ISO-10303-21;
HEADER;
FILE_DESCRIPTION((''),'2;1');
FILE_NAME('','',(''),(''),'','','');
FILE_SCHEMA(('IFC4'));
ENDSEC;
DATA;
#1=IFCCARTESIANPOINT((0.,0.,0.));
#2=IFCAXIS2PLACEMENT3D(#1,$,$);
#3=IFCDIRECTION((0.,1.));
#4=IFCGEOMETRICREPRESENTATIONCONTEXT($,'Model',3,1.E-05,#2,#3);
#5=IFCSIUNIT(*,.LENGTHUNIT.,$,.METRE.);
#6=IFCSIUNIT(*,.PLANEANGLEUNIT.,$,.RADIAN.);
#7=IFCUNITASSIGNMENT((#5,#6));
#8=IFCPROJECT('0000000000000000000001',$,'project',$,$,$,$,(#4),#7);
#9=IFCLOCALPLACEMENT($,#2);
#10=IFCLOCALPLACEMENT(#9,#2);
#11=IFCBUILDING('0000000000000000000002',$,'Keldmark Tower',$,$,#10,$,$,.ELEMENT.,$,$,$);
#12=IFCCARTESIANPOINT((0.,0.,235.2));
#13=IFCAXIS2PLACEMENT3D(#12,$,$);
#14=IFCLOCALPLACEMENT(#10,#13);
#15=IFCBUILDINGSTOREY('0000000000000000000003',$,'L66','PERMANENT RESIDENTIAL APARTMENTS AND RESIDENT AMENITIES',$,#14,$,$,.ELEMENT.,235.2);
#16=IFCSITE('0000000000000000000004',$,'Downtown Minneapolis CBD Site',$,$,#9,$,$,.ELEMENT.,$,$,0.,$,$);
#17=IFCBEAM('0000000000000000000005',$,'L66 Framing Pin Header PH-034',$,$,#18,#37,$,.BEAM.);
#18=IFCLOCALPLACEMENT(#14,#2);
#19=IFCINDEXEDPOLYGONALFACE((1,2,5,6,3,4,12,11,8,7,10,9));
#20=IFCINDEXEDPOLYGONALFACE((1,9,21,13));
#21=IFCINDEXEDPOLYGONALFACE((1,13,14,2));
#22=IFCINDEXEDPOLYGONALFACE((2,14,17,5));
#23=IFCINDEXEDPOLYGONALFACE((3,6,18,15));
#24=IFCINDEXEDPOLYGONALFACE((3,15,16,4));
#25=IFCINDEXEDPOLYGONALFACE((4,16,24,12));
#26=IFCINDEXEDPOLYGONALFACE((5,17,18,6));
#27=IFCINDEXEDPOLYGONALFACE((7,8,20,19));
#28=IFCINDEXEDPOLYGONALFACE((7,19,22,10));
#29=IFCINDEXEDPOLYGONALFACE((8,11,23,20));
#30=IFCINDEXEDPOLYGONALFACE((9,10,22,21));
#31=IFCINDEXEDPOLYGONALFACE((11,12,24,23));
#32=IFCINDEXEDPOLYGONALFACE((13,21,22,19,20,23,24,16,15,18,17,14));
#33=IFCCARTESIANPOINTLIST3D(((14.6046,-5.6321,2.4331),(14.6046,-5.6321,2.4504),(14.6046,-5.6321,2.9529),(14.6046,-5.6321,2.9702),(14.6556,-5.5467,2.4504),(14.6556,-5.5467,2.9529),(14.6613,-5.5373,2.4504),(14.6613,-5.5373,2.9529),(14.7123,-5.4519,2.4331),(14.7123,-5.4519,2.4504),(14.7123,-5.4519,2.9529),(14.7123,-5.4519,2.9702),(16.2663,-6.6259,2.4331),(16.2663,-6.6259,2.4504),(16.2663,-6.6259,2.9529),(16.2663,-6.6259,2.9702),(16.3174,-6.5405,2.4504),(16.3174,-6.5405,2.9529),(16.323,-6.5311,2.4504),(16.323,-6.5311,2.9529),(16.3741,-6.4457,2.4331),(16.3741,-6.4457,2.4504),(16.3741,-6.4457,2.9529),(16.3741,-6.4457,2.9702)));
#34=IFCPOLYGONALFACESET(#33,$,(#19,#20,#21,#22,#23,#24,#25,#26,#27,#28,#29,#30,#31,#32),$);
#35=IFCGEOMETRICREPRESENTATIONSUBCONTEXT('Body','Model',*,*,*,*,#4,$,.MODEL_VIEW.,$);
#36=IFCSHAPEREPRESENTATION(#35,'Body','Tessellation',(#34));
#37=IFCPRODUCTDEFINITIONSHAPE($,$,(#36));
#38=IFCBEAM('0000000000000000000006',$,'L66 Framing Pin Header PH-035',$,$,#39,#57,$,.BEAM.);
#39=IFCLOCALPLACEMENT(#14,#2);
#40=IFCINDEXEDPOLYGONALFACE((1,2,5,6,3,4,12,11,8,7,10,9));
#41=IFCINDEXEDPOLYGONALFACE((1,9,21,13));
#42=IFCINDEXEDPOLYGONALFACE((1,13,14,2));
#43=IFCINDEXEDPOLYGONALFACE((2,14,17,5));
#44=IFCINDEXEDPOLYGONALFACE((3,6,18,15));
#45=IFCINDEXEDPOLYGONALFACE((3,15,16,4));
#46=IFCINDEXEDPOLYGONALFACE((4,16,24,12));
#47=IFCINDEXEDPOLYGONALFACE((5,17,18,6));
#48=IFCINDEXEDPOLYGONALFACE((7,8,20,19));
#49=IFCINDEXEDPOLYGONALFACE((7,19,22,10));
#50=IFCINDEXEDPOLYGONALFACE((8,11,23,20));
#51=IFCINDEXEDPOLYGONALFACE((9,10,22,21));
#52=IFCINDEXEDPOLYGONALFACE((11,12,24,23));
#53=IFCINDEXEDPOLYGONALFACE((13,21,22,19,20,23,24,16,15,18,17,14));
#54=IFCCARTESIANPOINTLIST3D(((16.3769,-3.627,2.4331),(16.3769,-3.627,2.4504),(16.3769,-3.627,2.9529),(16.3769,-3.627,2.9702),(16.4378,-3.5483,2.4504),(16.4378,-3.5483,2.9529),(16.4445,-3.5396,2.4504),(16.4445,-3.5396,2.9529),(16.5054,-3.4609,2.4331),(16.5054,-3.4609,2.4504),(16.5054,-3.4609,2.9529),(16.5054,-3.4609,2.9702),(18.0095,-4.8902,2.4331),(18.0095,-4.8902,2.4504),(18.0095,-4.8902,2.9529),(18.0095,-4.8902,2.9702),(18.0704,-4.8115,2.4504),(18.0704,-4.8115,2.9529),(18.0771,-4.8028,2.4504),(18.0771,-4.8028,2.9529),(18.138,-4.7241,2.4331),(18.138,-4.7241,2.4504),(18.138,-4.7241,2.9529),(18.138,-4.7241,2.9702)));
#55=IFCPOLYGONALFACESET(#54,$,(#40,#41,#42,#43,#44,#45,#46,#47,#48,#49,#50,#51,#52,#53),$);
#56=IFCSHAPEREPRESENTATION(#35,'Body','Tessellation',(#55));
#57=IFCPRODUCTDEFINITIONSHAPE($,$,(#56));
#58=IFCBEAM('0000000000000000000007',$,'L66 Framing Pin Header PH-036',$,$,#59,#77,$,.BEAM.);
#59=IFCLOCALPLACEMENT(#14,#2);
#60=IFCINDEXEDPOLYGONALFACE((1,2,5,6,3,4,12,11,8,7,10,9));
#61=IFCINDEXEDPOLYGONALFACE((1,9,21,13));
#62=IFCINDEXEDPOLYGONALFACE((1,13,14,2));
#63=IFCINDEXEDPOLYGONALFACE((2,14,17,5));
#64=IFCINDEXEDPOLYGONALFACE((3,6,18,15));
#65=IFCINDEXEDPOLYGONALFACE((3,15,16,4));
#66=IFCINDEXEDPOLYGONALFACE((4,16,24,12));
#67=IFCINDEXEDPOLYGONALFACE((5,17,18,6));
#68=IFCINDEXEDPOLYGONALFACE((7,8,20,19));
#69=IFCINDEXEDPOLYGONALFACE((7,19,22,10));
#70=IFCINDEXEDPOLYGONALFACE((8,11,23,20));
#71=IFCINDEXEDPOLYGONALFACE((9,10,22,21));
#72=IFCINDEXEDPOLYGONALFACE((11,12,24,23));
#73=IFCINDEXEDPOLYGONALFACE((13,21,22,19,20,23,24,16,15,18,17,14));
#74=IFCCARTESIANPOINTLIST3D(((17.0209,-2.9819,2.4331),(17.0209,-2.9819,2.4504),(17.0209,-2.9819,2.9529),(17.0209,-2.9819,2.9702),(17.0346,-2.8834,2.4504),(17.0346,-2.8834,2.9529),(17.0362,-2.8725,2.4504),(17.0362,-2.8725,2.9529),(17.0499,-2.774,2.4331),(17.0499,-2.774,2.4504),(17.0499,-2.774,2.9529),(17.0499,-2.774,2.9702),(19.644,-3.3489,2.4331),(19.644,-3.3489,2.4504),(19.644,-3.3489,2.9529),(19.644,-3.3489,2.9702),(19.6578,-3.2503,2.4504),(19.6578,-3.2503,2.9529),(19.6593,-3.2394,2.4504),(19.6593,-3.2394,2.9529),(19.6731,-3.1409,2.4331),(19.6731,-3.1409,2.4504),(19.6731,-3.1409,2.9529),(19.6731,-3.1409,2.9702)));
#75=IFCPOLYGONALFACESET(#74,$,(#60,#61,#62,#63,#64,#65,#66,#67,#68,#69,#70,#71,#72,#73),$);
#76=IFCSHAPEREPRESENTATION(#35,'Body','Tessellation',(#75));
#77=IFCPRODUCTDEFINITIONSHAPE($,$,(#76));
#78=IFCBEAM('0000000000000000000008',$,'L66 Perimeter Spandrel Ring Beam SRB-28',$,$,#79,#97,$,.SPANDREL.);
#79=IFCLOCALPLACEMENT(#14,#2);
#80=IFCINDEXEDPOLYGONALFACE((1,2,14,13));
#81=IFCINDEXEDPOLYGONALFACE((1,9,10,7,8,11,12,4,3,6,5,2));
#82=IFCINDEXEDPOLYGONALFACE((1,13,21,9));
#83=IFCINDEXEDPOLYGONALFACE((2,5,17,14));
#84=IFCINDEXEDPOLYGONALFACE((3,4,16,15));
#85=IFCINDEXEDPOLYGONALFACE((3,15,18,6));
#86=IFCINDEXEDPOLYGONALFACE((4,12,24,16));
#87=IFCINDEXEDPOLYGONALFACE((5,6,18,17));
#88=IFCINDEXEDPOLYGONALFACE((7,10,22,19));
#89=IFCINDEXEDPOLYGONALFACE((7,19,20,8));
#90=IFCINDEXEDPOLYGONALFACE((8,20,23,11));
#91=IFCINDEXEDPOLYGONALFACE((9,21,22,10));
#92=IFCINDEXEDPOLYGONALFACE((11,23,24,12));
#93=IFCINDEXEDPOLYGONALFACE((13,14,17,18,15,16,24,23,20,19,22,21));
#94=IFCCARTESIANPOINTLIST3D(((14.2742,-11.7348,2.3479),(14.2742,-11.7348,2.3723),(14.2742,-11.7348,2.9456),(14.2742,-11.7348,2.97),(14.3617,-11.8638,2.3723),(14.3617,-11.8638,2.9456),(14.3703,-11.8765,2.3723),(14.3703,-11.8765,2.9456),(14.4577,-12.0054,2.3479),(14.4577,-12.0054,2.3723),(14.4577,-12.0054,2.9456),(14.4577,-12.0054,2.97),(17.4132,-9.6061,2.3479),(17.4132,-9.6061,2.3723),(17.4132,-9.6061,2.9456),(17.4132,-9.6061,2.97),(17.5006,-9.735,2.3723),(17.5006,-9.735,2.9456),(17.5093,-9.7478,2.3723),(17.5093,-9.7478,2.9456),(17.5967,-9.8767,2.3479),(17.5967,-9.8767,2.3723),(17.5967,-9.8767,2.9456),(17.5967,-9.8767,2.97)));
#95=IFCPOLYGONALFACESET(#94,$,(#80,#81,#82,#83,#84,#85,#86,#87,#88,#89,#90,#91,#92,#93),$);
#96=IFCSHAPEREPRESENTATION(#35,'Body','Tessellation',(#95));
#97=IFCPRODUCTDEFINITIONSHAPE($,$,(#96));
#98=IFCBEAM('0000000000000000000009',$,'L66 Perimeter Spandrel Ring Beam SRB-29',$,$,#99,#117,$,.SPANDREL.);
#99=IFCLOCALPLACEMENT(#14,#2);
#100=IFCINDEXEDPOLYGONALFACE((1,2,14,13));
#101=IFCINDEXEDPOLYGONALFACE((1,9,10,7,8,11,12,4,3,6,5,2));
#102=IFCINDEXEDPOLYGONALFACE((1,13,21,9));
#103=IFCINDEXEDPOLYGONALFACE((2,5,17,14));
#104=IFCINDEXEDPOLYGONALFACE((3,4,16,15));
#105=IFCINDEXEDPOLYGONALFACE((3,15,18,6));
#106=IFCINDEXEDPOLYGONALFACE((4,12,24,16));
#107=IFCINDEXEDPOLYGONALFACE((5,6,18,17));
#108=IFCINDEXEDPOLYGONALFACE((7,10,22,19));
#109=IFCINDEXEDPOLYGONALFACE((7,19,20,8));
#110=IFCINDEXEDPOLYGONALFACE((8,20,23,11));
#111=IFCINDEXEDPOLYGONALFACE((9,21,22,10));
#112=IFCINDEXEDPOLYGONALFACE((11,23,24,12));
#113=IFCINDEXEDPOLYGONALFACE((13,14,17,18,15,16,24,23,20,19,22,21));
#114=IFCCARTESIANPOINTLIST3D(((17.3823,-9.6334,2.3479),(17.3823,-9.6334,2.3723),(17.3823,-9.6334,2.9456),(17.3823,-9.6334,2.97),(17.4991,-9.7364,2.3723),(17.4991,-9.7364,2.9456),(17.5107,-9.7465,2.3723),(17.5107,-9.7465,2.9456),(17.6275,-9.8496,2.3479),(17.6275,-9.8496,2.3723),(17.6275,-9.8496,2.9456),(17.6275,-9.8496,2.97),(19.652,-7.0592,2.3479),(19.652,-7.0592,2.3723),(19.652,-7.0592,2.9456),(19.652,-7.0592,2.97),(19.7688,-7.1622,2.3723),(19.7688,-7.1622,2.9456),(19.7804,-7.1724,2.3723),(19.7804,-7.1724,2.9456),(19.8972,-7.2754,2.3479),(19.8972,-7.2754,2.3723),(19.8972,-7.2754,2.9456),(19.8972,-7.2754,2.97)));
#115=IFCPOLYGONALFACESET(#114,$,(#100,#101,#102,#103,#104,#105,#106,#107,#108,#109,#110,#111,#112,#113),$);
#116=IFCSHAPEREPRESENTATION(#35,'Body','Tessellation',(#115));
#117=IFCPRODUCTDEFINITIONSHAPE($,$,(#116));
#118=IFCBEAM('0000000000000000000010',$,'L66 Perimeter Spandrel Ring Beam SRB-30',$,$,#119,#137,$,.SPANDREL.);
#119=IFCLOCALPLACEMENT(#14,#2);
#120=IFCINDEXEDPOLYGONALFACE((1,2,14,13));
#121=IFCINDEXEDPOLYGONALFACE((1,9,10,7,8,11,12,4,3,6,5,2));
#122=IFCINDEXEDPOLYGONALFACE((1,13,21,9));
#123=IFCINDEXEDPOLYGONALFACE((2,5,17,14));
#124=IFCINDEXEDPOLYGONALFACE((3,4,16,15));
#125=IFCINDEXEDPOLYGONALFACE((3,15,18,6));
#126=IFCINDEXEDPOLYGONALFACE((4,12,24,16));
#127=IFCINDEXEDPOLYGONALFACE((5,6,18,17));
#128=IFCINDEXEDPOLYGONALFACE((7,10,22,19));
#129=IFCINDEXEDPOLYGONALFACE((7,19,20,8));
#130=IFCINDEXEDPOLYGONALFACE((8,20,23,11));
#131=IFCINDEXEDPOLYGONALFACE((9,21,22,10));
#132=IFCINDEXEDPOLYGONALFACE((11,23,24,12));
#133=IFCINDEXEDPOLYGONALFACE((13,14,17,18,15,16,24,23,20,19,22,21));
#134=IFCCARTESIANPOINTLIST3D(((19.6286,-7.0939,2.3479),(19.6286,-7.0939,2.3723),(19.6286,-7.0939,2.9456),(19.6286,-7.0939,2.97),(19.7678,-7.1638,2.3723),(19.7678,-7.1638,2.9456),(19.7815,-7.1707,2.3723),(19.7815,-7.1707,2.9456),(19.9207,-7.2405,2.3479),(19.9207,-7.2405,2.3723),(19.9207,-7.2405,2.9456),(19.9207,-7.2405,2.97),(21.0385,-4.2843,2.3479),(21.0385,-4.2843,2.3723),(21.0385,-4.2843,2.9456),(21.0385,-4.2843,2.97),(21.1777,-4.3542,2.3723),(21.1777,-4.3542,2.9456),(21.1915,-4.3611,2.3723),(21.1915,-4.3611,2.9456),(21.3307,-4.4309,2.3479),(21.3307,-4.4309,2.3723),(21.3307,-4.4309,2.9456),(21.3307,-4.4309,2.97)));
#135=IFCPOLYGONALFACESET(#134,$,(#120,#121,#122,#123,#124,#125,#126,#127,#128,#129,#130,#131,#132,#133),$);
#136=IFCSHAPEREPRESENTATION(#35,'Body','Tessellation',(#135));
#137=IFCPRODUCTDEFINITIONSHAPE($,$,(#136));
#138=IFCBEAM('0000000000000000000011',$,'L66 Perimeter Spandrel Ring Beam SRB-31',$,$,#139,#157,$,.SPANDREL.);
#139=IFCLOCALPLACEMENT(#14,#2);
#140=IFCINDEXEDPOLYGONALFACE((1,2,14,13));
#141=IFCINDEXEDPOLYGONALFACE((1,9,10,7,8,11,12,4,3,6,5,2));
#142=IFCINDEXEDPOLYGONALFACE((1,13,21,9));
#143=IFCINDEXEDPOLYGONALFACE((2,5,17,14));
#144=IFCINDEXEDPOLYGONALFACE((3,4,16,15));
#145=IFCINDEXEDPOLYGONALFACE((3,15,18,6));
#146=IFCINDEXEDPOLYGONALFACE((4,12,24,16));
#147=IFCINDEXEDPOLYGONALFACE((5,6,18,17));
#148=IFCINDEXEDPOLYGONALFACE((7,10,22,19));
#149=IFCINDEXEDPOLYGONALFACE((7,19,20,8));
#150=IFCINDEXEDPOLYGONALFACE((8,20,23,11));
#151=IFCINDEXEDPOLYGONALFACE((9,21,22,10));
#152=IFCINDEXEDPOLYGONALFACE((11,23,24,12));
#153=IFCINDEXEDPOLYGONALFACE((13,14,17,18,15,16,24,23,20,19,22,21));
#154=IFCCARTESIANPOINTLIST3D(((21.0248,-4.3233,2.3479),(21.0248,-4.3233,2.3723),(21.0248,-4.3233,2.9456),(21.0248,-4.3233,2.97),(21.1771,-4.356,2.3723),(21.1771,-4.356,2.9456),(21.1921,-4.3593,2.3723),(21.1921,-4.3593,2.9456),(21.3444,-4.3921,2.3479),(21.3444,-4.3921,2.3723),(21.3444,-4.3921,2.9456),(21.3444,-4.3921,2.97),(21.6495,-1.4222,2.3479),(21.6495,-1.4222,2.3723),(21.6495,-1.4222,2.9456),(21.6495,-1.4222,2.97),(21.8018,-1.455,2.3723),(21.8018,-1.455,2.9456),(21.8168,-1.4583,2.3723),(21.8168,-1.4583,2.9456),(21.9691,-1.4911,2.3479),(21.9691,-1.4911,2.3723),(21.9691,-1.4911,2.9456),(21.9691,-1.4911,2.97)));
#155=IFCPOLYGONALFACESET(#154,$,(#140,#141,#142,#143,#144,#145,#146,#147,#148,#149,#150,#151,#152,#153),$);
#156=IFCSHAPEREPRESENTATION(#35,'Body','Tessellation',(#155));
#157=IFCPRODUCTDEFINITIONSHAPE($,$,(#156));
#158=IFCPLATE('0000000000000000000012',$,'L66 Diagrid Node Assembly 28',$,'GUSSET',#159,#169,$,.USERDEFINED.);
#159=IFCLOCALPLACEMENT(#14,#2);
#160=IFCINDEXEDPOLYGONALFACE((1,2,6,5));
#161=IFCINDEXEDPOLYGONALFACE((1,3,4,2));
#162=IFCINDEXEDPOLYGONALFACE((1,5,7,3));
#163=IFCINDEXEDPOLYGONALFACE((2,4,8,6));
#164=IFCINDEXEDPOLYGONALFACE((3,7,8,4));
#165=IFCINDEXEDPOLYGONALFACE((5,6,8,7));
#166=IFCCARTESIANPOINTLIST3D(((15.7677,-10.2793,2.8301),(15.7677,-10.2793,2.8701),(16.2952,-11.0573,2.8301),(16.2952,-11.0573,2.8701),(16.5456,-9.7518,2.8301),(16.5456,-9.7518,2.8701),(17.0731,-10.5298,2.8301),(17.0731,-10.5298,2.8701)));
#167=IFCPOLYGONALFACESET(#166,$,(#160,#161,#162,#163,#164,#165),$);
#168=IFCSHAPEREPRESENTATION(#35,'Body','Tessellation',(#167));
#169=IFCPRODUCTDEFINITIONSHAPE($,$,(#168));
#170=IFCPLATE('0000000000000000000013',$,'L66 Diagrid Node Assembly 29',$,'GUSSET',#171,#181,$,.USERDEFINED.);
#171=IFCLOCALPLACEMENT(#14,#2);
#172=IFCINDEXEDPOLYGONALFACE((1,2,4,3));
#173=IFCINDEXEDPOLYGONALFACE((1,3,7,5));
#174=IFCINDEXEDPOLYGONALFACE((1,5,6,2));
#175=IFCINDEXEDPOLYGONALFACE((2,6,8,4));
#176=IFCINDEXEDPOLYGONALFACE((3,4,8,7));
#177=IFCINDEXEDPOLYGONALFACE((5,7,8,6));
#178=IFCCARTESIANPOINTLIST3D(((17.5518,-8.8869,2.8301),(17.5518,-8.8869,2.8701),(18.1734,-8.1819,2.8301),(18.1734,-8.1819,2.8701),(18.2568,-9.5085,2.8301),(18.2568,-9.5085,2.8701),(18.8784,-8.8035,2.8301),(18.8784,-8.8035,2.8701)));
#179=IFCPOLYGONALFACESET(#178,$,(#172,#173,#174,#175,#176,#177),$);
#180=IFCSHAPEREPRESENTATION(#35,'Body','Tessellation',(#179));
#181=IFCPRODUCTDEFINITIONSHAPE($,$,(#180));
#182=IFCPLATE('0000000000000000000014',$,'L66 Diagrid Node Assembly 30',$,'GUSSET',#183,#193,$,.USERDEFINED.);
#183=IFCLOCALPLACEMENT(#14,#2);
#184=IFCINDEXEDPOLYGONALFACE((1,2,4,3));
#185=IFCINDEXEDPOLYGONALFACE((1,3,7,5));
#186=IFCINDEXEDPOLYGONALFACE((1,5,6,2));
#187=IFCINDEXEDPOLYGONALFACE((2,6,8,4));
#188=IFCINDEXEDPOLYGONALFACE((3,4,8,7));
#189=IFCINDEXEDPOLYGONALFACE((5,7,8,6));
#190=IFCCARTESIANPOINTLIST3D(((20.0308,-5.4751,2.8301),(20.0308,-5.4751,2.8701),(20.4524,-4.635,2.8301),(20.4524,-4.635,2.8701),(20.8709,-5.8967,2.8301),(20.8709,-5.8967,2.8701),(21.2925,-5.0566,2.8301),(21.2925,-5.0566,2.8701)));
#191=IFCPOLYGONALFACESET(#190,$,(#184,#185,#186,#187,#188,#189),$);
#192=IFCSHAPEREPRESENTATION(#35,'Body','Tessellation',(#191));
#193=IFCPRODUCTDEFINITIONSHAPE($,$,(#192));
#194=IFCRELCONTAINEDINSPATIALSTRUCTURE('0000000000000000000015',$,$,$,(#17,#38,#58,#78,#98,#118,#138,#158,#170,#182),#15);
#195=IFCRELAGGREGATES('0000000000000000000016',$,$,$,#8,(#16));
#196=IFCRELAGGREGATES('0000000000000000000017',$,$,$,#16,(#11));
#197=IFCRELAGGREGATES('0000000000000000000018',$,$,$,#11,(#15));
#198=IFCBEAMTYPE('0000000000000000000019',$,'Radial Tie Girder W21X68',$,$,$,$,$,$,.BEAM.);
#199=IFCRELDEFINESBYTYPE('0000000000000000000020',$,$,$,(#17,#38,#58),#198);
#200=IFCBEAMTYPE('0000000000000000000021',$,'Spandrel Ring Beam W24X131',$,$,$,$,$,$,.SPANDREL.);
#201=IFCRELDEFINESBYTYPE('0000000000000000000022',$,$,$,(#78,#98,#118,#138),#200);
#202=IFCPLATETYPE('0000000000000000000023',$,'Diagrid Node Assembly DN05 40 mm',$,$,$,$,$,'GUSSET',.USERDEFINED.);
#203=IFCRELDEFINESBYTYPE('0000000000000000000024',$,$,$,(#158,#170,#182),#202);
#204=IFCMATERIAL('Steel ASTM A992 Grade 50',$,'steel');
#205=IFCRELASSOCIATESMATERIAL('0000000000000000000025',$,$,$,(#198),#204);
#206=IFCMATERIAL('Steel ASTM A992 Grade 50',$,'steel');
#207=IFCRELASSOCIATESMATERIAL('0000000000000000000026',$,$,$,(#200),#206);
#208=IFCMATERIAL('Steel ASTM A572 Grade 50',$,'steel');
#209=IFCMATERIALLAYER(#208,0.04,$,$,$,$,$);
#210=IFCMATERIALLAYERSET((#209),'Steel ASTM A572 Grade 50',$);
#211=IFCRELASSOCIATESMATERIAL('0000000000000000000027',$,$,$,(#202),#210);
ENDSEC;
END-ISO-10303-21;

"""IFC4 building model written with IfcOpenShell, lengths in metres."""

from ifc_helpers import new_model, si_unit, direction, frame, origin, origin_2d, place, context, subcontext, project, spatial, rectangle, i_section, extrude, material, layer, layer_set, material_profile, profile_set, type_object, element, save


model = new_model("IFC4")

# Units and contexts
model_context = context("Model", 3, precision=1e-05, world=origin(), true_north=direction((0.0, 1.0)))
body_context = subcontext(model_context, "Body", "Model", "MODEL_VIEW")
ifc_project = project(units=[si_unit("LENGTHUNIT", "METRE"), si_unit("PLANEANGLEUNIT", "RADIAN")], contexts=[model_context])

# Site, building, storey
site_placement = place(None, origin())
site = spatial("IfcSite", under=ifc_project, at=site_placement, Name="Downtown Minneapolis CBD Site", CompositionType="ELEMENT", RefElevation=0.0)
building_placement = place(site_placement, origin())
building = spatial("IfcBuilding", under=site, at=building_placement, Name="Keldmark Tower", CompositionType="ELEMENT")
storey_placement = place(building_placement, frame((0.0, 0.0, 235.2)))
storey = spatial("IfcBuildingStorey", under=building, at=storey_placement, Name="L66", Description="PERMANENT RESIDENTIAL APARTMENTS AND RESIDENT AMENITIES", CompositionType="ELEMENT", Elevation=235.2)

# Beams
ifc_material_1 = material(Name="Steel ASTM A992 Grade 50", Category="steel")
ifc_material_profile_1 = material_profile(ifc_material_1, i_section(OverallWidth=0.21, OverallDepth=0.5371, WebThickness=0.011, FlangeThickness=0.0173, at=origin_2d()), Name="W21X68")
ifc_profile_set_1 = profile_set([ifc_material_profile_1], Name="Steel ASTM A992 Grade 50")
beam_type_1 = type_object("IfcBeamType", Name="Radial Tie Girder W21X68", PredefinedType="BEAM", material=ifc_profile_set_1)
beam_1_placement = place(storey_placement, frame((14.6584, -5.542, 2.7017), z_axis=(0.858226, -0.513272, 0.0), x_axis=(0.513272, 0.858226, 0.0)))
element("IfcBeam", 1, at=beam_1_placement, inside=storey, type_object=beam_type_1, Name="L66 Framing Pin Header PH-034", PredefinedType="BEAM", context=body_context, shape_type="SweptSolid", body=[
    extrude(i_section(OverallWidth=0.21, OverallDepth=0.5371, WebThickness=0.011, FlangeThickness=0.0173, at=origin_2d()), origin(), (0.0, 0.0, 1.0), 1.9363),
])
beam_2_placement = place(storey_placement, frame((16.4412, -3.5439, 2.7017), z_axis=(0.790897, -0.611949, 0.0), x_axis=(0.611949, 0.790897, 0.0)))
element("IfcBeam", 2, at=beam_2_placement, inside=storey, type_object=beam_type_1, Name="L66 Framing Pin Header PH-035", PredefinedType="BEAM", context=body_context, shape_type="SweptSolid", body=[
    extrude(i_section(OverallWidth=0.21, OverallDepth=0.5371, WebThickness=0.011, FlangeThickness=0.0173, at=origin_2d()), origin(), (0.0, 0.0, 1.0), 2.0642),
])
beam_3_placement = place(storey_placement, frame((17.0354, -2.8779, 2.7017), z_axis=(0.990356, -0.138543, 0.0), x_axis=(0.138543, 0.990356, 0.0)))
element("IfcBeam", 3, at=beam_3_placement, inside=storey, type_object=beam_type_1, Name="L66 Framing Pin Header PH-036", PredefinedType="BEAM", context=body_context, shape_type="SweptSolid", body=[
    extrude(i_section(OverallWidth=0.21, OverallDepth=0.5371, WebThickness=0.011, FlangeThickness=0.0173, at=origin_2d()), origin(), (0.0, 0.0, 1.0), 2.6487),
])
ifc_material_2 = material(Name="Steel ASTM A992 Grade 50", Category="steel")
ifc_material_profile_2 = material_profile(ifc_material_2, i_section(OverallWidth=0.3269, OverallDepth=0.6221, WebThickness=0.0154, FlangeThickness=0.0244, at=origin_2d()), Name="W24X131")
ifc_profile_set_2 = profile_set([ifc_material_profile_2], Name="Steel ASTM A992 Grade 50")
beam_type_2 = type_object("IfcBeamType", Name="Spandrel Ring Beam W24X131", PredefinedType="SPANDREL", material=ifc_profile_set_2)
beam_4_placement = place(storey_placement, frame((14.366, -11.8701, 2.6589), z_axis=(0.827637, 0.561264, 0.0), x_axis=(-0.561264, 0.827637, 0.0)))
element("IfcBeam", 4, at=beam_4_placement, inside=storey, type_object=beam_type_2, Name="L66 Perimeter Spandrel Ring Beam SRB-28", PredefinedType="SPANDREL", context=body_context, shape_type="SweptSolid", body=[
    extrude(i_section(OverallWidth=0.3269, OverallDepth=0.6221, WebThickness=0.0154, FlangeThickness=0.0244, at=origin_2d()), origin(), (0.0, 0.0, 1.0), 3.7927),
])
beam_5_placement = place(storey_placement, frame((17.5049, -9.7415, 2.6589), z_axis=(0.66136, 0.750068, 0.0), x_axis=(-0.750068, 0.66136, 0.0)))
element("IfcBeam", 5, at=beam_5_placement, inside=storey, type_object=beam_type_2, Name="L66 Perimeter Spandrel Ring Beam SRB-29", PredefinedType="SPANDREL", context=body_context, shape_type="SweptSolid", body=[
    extrude(i_section(OverallWidth=0.3269, OverallDepth=0.6221, WebThickness=0.0154, FlangeThickness=0.0244, at=origin_2d()), origin(), (0.0, 0.0, 1.0), 3.4319),
])
beam_6_placement = place(storey_placement, frame((19.7747, -7.1672, 2.6589), z_axis=(0.448518, 0.893774, 0.0), x_axis=(-0.893774, 0.448518, 0.0)))
element("IfcBeam", 6, at=beam_6_placement, inside=storey, type_object=beam_type_2, Name="L66 Perimeter Spandrel Ring Beam SRB-30", PredefinedType="SPANDREL", context=body_context, shape_type="SweptSolid", body=[
    extrude(i_section(OverallWidth=0.3269, OverallDepth=0.6221, WebThickness=0.0154, FlangeThickness=0.0244, at=origin_2d()), origin(), (0.0, 0.0, 1.0), 3.1436),
])
beam_7_placement = place(storey_placement, frame((21.1846, -4.3577, 2.6589), z_axis=(0.210523, 0.977589, 0.0), x_axis=(-0.977589, 0.210523, 0.0)))
element("IfcBeam", 7, at=beam_7_placement, inside=storey, type_object=beam_type_2, Name="L66 Perimeter Spandrel Ring Beam SRB-31", PredefinedType="SPANDREL", context=body_context, shape_type="SweptSolid", body=[
    extrude(i_section(OverallWidth=0.3269, OverallDepth=0.6221, WebThickness=0.0154, FlangeThickness=0.0244, at=origin_2d()), origin(), (0.0, 0.0, 1.0), 2.9675),
])

# Plates
ifc_material_3 = material(Name="Steel ASTM A572 Grade 50", Category="steel")
ifc_layer_1 = layer(ifc_material_3, 0.04)
ifc_layer_set_1 = layer_set([ifc_layer_1], Name="Steel ASTM A572 Grade 50")
plate_type = type_object("IfcPlateType", Name="Diagrid Node Assembly DN05 40 mm", ElementType="GUSSET", PredefinedType="USERDEFINED", material=ifc_layer_set_1)
for number, where, z_axis, x_axis, name in (
    (8, (16.4204, -10.4045, 2.8301), (0.0, 0.0, 1.0), (0.827669, 0.561217, 0.0), "L66 Diagrid Node Assembly 28"),
    (9, (18.2151, -8.8452, 2.8301), (0.0, 0.0, 1.0), (0.661312, 0.750111, 0.0), "L66 Diagrid Node Assembly 29"),
    (10, (20.6616, -5.2659, 2.8301), (0.0, 0.0, 1.0), (0.448539, 0.893763, 0.0), "L66 Diagrid Node Assembly 30"),
):
    element("IfcPlate", number, at=place(storey_placement, frame(where, z_axis=z_axis, x_axis=x_axis)), inside=storey, type_object=plate_type, Name=name, ObjectType="GUSSET", PredefinedType="USERDEFINED", context=body_context, shape_type="SweptSolid", body=[
        extrude(rectangle(XDim=0.9399, YDim=0.9399, at=origin_2d()), origin(), (0.0, 0.0, 1.0), 0.04),
    ])

save(model, "model.ifc")
